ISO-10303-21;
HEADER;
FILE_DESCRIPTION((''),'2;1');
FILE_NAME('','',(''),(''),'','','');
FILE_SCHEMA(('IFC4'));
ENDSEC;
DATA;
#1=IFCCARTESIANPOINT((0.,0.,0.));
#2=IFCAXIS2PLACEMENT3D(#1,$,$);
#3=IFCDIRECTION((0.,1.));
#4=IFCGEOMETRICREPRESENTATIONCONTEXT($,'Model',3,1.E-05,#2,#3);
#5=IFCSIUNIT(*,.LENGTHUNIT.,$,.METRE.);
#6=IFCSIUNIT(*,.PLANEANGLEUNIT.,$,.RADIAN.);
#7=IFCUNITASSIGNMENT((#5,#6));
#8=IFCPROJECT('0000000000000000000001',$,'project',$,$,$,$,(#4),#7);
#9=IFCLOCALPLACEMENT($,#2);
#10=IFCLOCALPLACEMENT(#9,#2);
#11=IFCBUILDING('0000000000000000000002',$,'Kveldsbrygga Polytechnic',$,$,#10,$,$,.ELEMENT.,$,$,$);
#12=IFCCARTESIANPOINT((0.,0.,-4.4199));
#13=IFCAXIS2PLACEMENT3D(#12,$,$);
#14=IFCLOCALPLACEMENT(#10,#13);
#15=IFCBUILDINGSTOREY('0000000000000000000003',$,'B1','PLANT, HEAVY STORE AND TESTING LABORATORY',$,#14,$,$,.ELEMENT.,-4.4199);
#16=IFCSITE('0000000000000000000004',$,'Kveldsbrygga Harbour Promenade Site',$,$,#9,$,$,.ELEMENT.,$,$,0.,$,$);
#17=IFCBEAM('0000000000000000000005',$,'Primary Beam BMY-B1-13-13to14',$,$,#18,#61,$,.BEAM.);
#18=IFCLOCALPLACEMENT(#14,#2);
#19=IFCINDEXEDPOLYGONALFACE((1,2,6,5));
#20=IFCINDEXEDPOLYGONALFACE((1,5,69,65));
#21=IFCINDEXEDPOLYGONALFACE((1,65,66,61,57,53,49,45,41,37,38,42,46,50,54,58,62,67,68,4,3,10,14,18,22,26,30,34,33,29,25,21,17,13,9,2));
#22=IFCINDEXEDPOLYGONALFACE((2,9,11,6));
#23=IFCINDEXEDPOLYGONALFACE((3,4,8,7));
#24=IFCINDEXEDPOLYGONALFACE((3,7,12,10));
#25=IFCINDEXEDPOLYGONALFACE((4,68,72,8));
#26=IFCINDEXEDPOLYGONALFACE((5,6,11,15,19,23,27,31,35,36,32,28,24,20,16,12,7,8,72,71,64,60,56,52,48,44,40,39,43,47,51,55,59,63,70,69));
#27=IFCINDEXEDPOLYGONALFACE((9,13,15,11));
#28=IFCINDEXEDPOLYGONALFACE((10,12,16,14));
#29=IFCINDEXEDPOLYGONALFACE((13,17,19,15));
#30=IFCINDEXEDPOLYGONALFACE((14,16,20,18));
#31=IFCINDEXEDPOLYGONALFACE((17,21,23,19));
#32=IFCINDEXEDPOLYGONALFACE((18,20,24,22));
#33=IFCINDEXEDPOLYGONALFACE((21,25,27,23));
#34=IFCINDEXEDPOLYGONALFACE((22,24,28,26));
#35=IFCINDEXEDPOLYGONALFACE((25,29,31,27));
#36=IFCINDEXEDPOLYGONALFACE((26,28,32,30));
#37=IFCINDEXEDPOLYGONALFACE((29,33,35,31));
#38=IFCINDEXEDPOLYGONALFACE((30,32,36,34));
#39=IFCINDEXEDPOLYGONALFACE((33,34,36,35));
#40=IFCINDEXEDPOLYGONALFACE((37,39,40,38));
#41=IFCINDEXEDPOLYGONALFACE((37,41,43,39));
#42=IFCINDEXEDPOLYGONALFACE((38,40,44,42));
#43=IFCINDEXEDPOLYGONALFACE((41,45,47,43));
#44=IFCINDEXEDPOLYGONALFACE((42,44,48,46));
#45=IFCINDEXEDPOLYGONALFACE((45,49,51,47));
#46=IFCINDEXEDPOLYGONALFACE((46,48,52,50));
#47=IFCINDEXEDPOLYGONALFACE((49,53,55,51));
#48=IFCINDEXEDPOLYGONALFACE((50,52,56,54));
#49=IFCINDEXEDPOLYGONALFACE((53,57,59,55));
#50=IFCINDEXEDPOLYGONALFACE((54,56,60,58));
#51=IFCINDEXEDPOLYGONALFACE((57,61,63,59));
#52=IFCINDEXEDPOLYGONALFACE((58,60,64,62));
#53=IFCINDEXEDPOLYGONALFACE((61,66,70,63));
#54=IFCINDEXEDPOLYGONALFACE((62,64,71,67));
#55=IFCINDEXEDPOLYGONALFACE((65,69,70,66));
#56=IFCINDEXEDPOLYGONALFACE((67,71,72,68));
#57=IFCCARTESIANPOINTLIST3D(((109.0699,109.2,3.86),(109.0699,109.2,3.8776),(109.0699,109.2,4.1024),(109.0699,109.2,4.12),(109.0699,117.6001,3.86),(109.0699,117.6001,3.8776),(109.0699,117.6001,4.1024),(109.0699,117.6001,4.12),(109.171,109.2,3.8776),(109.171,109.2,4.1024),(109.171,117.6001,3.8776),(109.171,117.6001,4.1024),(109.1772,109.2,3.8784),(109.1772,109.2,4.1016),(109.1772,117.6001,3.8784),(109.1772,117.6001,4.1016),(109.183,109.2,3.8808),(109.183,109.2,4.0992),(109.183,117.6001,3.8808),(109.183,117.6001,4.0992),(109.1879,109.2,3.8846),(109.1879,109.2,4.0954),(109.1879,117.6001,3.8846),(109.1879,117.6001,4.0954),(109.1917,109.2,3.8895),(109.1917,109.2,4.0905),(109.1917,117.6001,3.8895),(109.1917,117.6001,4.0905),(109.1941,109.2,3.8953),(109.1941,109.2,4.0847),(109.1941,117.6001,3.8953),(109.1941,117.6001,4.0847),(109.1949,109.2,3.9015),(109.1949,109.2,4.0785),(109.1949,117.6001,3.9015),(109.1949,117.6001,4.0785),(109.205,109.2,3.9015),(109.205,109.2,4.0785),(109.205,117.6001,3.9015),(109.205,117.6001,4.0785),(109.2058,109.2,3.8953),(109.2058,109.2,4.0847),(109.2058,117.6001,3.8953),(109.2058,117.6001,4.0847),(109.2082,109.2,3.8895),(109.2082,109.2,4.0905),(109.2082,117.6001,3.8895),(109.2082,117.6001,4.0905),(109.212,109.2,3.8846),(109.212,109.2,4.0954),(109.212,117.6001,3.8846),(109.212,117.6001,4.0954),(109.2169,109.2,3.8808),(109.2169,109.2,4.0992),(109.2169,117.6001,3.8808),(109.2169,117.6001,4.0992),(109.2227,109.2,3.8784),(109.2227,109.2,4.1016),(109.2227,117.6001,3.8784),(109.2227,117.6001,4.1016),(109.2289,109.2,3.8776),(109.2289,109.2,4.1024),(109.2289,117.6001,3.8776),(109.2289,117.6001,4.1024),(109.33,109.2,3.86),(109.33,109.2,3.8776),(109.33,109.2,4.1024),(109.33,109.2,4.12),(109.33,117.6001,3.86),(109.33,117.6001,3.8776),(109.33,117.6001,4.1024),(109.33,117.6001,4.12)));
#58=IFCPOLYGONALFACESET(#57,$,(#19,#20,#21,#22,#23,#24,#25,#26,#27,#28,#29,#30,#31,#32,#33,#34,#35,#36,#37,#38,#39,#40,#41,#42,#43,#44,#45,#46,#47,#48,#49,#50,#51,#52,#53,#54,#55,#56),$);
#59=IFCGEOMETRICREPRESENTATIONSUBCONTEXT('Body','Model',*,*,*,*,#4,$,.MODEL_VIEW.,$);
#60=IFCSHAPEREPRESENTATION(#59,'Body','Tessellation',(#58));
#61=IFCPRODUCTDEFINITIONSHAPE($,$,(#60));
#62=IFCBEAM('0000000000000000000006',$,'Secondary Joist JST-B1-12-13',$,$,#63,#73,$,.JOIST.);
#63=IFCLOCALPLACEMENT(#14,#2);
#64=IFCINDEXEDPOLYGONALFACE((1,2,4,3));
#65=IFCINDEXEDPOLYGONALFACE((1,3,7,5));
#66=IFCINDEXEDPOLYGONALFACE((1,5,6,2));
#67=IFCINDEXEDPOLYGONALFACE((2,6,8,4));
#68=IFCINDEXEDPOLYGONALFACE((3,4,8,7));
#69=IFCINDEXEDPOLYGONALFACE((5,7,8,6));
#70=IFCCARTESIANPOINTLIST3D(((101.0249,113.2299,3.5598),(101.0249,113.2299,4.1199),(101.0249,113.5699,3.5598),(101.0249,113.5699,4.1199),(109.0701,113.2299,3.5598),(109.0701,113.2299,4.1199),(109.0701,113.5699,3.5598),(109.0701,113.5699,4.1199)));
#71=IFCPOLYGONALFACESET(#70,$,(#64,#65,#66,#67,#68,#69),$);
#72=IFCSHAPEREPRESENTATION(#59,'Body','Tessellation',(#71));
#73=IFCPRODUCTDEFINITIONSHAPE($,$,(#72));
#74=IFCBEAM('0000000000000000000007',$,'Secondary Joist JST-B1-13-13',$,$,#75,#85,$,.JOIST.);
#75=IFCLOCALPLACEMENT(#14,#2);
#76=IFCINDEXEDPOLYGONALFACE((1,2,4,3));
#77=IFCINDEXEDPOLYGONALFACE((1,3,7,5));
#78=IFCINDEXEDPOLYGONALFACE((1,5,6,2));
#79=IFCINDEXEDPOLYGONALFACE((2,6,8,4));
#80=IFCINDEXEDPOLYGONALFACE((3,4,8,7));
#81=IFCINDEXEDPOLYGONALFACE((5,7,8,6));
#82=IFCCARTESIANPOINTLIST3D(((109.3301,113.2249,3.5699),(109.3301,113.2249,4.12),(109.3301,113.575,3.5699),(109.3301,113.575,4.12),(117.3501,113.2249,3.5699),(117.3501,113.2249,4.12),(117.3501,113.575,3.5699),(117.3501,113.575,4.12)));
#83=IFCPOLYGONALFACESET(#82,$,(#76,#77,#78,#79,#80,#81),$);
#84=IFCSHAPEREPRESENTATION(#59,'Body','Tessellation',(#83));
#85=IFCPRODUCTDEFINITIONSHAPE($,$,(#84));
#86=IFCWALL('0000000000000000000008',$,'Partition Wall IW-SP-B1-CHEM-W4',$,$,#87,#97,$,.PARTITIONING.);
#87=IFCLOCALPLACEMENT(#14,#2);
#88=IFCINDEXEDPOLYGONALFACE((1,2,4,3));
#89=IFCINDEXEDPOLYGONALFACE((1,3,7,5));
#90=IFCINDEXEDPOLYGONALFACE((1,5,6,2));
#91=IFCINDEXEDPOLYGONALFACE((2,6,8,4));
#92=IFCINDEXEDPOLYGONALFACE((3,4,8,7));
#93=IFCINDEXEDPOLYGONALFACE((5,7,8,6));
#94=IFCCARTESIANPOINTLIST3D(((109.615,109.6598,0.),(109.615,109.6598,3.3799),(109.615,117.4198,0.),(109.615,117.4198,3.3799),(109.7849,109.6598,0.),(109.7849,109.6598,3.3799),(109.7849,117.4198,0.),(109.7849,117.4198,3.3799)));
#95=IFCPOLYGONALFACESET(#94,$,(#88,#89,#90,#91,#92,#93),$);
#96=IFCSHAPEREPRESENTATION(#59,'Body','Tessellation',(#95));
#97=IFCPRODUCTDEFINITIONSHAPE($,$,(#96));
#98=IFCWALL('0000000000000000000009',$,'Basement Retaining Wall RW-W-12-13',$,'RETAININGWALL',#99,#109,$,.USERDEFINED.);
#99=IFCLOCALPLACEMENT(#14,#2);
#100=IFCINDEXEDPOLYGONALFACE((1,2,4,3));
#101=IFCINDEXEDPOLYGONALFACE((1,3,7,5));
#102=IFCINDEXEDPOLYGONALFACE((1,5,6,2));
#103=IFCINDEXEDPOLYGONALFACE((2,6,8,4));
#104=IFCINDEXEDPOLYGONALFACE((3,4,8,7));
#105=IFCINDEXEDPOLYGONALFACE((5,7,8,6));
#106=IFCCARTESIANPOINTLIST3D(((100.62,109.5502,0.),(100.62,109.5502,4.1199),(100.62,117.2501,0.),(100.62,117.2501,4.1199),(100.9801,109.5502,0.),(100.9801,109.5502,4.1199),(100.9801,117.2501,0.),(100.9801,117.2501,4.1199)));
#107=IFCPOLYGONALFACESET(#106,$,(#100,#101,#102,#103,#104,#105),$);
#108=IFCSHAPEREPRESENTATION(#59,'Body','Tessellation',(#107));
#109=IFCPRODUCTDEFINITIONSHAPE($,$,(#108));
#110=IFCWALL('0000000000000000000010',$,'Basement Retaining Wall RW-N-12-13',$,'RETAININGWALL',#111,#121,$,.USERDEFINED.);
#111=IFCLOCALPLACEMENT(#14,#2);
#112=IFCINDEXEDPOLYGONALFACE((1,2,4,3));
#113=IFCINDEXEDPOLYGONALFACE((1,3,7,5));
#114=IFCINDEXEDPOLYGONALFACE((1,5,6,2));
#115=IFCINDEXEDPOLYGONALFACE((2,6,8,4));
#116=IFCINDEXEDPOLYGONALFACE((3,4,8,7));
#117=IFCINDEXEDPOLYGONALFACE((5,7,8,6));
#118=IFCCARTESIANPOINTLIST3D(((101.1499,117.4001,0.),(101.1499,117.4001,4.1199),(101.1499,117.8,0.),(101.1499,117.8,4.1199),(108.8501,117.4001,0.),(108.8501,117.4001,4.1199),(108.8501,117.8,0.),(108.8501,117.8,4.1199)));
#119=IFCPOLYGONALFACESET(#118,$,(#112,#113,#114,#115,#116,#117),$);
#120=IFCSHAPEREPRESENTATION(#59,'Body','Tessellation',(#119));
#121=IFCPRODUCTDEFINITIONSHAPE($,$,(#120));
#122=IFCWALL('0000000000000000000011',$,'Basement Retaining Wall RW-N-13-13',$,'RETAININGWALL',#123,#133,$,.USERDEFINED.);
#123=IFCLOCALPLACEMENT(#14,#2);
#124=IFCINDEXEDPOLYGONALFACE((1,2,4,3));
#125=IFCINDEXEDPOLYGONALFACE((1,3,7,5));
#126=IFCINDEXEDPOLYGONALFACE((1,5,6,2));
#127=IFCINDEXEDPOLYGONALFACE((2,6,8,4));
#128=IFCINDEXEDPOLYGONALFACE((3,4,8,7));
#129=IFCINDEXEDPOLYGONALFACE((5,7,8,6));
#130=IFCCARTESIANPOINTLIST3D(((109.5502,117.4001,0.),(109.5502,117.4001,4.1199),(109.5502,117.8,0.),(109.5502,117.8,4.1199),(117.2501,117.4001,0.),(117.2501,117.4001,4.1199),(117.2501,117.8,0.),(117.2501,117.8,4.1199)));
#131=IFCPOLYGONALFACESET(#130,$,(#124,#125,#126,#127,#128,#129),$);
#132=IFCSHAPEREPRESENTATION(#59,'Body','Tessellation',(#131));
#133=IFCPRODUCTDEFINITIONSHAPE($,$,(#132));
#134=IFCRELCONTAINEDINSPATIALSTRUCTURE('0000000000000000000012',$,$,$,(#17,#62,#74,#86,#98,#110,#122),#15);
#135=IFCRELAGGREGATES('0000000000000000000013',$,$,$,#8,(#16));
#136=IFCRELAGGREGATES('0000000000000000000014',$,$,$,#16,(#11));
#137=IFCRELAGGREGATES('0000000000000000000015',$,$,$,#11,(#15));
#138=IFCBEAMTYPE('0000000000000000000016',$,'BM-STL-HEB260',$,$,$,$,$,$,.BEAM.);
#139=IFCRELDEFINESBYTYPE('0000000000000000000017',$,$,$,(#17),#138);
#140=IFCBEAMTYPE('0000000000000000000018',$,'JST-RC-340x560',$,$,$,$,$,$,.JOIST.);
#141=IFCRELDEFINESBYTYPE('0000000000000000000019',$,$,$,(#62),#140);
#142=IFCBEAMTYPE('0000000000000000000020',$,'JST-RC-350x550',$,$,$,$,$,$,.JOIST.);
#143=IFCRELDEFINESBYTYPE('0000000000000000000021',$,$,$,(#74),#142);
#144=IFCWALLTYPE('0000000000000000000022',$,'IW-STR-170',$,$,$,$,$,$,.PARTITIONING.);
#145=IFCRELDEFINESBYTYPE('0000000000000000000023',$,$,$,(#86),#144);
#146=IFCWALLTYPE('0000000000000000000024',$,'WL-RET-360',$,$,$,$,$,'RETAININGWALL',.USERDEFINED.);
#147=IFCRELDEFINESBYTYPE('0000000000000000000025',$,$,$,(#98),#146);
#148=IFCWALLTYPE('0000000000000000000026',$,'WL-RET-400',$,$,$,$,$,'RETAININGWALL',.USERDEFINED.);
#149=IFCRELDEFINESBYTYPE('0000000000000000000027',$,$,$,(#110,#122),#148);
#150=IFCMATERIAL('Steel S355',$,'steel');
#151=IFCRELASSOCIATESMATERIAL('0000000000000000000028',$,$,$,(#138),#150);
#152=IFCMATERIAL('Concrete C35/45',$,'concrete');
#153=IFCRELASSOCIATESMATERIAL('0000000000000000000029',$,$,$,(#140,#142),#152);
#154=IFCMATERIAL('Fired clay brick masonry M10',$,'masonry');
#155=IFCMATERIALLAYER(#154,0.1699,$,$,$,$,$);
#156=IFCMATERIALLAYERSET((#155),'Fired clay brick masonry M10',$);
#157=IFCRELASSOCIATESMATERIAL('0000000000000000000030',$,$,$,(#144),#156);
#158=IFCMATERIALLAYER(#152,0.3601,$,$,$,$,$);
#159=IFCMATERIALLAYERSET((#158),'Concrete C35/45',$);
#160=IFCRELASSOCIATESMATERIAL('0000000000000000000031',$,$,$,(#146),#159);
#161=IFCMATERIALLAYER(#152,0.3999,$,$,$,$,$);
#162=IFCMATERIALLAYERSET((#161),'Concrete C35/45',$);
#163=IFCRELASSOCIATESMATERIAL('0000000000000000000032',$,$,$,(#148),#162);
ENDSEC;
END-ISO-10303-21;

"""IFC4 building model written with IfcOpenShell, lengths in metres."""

from ifc_helpers import new_model, si_unit, direction, frame, frame_2d, origin, origin_2d, place, context, subcontext, project, spatial, rectangle, i_section, extrude, material, layer, layer_set, material_profile, profile_set, type_object, element, save


model = new_model("IFC4")

# Units and contexts
model_context = context("Model", 3, precision=1e-05, world=origin(), true_north=direction((0.0, 1.0)))
body_context = subcontext(model_context, "Body", "Model", "MODEL_VIEW")
ifc_project = project(units=[si_unit("LENGTHUNIT", "METRE"), si_unit("PLANEANGLEUNIT", "RADIAN")], contexts=[model_context])

# Site, building, storey
site_placement = place(None, origin())
site = spatial("IfcSite", under=ifc_project, at=site_placement, Name="Kveldsbrygga Harbour Promenade Site", CompositionType="ELEMENT", RefElevation=0.0)
building_placement = place(site_placement, origin())
building = spatial("IfcBuilding", under=site, at=building_placement, Name="Kveldsbrygga Polytechnic", CompositionType="ELEMENT")
storey_placement = place(building_placement, frame((0.0, 0.0, -4.4199)))
storey = spatial("IfcBuildingStorey", under=building, at=storey_placement, Name="B1", Description="PLANT, HEAVY STORE AND TESTING LABORATORY", CompositionType="ELEMENT", Elevation=-4.4199)

# Beams
ifc_material_1 = material(Name="Concrete C35/45", Category="concrete")
ifc_material_2 = material(Name="Steel S355", Category="steel")
ifc_material_profile_1 = material_profile(ifc_material_2, i_section(OverallWidth=0.26, OverallDepth=0.26, WebThickness=0.01, FlangeThickness=0.0176, FilletRadius=0.0239, at=origin_2d()), Name="HEB 260")
ifc_profile_set_1 = profile_set([ifc_material_profile_1], Name="Steel S355")
beam_type_1 = type_object("IfcBeamType", Name="BM-STL-HEB260", PredefinedType="BEAM", material=ifc_profile_set_1)
beam_1_placement = place(storey_placement, frame((109.2, 109.2, 3.99), z_axis=(0.0, 1.0, 0.0), x_axis=(-1.0, 0.0, 0.0)))
element("IfcBeam", 1, at=beam_1_placement, inside=storey, type_object=beam_type_1, Name="Primary Beam BMY-B1-13-13to14", PredefinedType="BEAM", context=body_context, shape_type="SweptSolid", body=[
    extrude(i_section(OverallWidth=0.26, OverallDepth=0.26, WebThickness=0.01, FlangeThickness=0.0176, FilletRadius=0.0239, at=origin_2d()), origin(), (0.0, 0.0, 1.0), 8.4001),
])
ifc_material_profile_2 = material_profile(ifc_material_1, rectangle(XDim=0.3401, YDim=0.5601, at=origin_2d()), Name="RC 340x560")
ifc_profile_set_2 = profile_set([ifc_material_profile_2], Name="Concrete C35/45")
beam_type_2 = type_object("IfcBeamType", Name="JST-RC-340x560", PredefinedType="JOIST", material=ifc_profile_set_2)
beam_2_placement = place(storey_placement, frame((101.0249, 113.3999, 3.8398), z_axis=(1.0, 0.0, 0.0), x_axis=(0.0, 1.0, 0.0)))
element("IfcBeam", 2, at=beam_2_placement, inside=storey, type_object=beam_type_2, Name="Secondary Joist JST-B1-12-13", PredefinedType="JOIST", context=body_context, shape_type="SweptSolid", body=[
    extrude(rectangle(XDim=0.3401, YDim=0.5601, at=origin_2d()), origin(), (0.0, 0.0, 1.0), 8.0452),
])
ifc_material_profile_3 = material_profile(ifc_material_1, rectangle(XDim=0.3501, YDim=0.55, at=origin_2d()), Name="RC 350x550")
ifc_profile_set_3 = profile_set([ifc_material_profile_3], Name="Concrete C35/45")
beam_type_3 = type_object("IfcBeamType", Name="JST-RC-350x550", PredefinedType="JOIST", material=ifc_profile_set_3)
beam_3_placement = place(storey_placement, frame((109.3301, 113.3999, 3.845), z_axis=(1.0, 0.0, 0.0), x_axis=(0.0, 1.0, 0.0)))
element("IfcBeam", 3, at=beam_3_placement, inside=storey, type_object=beam_type_3, Name="Secondary Joist JST-B1-13-13", PredefinedType="JOIST", context=body_context, shape_type="SweptSolid", body=[
    extrude(rectangle(XDim=0.3501, YDim=0.55, at=origin_2d()), origin(), (0.0, 0.0, 1.0), 8.02),
])

# Walls
ifc_material_3 = material(Name="Fired clay brick masonry M10", Category="masonry")
ifc_layer_1 = layer(ifc_material_3, 0.1699)
ifc_layer_set_1 = layer_set([ifc_layer_1], Name="Fired clay brick masonry M10")
wall_type_1 = type_object("IfcWallType", Name="IW-STR-170", PredefinedType="PARTITIONING", material=ifc_layer_set_1)
wall_1_placement = place(storey_placement, frame((109.7, 109.6599, 0.0), z_axis=(0.0, 0.0, 1.0), x_axis=(0.0, 1.0, 0.0)))
element("IfcWall", 4, at=wall_1_placement, inside=storey, type_object=wall_type_1, Name="Partition Wall IW-SP-B1-CHEM-W4", PredefinedType="PARTITIONING", context=body_context, shape_type="SweptSolid", body=[
    extrude(rectangle(XDim=7.76, YDim=0.1699, at=frame_2d((3.8799, 0.0))), origin(), (0.0, 0.0, 1.0), 3.3799),
])
ifc_layer_2 = layer(ifc_material_1, 0.3601)
ifc_layer_set_2 = layer_set([ifc_layer_2], Name="Concrete C35/45")
wall_type_2 = type_object("IfcWallType", Name="WL-RET-360", ElementType="RETAININGWALL", PredefinedType="USERDEFINED", material=ifc_layer_set_2)
wall_2_placement = place(storey_placement, frame((100.8, 109.55, 0.0), z_axis=(0.0, 0.0, 1.0), x_axis=(0.0, 1.0, 0.0)))
element("IfcWall", 5, at=wall_2_placement, inside=storey, type_object=wall_type_2, Name="Basement Retaining Wall RW-W-12-13", ObjectType="RETAININGWALL", PredefinedType="USERDEFINED", context=body_context, shape_type="SweptSolid", body=[
    extrude(rectangle(XDim=7.7, YDim=0.3601, at=frame_2d((3.8501, 0.0))), origin(), (0.0, 0.0, 1.0), 4.1199),
])
ifc_layer_3 = layer(ifc_material_1, 0.3999)
ifc_layer_set_3 = layer_set([ifc_layer_3], Name="Concrete C35/45")
wall_type_3 = type_object("IfcWallType", Name="WL-RET-400", ElementType="RETAININGWALL", PredefinedType="USERDEFINED", material=ifc_layer_set_3)
wall_3_placement = place(storey_placement, frame((101.1499, 117.6001, 0.0), z_axis=(0.0, 0.0, 1.0), x_axis=(1.0, 0.0, 0.0)))
element("IfcWall", 6, at=wall_3_placement, inside=storey, type_object=wall_type_3, Name="Basement Retaining Wall RW-N-12-13", ObjectType="RETAININGWALL", PredefinedType="USERDEFINED", context=body_context, shape_type="SweptSolid", body=[
    extrude(rectangle(XDim=7.7002, YDim=0.3999, at=frame_2d((3.8501, 0.0))), origin(), (0.0, 0.0, 1.0), 4.1199),
])
wall_4_placement = place(storey_placement, frame((109.55, 117.6001, 0.0), z_axis=(0.0, 0.0, 1.0), x_axis=(1.0, 0.0, 0.0)))
element("IfcWall", 7, at=wall_4_placement, inside=storey, type_object=wall_type_3, Name="Basement Retaining Wall RW-N-13-13", ObjectType="RETAININGWALL", PredefinedType="USERDEFINED", context=body_context, shape_type="SweptSolid", body=[
    extrude(rectangle(XDim=7.7, YDim=0.3999, at=frame_2d((3.8501, 0.0))), origin(), (0.0, 0.0, 1.0), 4.1199),
])

save(model, "model.ifc")
